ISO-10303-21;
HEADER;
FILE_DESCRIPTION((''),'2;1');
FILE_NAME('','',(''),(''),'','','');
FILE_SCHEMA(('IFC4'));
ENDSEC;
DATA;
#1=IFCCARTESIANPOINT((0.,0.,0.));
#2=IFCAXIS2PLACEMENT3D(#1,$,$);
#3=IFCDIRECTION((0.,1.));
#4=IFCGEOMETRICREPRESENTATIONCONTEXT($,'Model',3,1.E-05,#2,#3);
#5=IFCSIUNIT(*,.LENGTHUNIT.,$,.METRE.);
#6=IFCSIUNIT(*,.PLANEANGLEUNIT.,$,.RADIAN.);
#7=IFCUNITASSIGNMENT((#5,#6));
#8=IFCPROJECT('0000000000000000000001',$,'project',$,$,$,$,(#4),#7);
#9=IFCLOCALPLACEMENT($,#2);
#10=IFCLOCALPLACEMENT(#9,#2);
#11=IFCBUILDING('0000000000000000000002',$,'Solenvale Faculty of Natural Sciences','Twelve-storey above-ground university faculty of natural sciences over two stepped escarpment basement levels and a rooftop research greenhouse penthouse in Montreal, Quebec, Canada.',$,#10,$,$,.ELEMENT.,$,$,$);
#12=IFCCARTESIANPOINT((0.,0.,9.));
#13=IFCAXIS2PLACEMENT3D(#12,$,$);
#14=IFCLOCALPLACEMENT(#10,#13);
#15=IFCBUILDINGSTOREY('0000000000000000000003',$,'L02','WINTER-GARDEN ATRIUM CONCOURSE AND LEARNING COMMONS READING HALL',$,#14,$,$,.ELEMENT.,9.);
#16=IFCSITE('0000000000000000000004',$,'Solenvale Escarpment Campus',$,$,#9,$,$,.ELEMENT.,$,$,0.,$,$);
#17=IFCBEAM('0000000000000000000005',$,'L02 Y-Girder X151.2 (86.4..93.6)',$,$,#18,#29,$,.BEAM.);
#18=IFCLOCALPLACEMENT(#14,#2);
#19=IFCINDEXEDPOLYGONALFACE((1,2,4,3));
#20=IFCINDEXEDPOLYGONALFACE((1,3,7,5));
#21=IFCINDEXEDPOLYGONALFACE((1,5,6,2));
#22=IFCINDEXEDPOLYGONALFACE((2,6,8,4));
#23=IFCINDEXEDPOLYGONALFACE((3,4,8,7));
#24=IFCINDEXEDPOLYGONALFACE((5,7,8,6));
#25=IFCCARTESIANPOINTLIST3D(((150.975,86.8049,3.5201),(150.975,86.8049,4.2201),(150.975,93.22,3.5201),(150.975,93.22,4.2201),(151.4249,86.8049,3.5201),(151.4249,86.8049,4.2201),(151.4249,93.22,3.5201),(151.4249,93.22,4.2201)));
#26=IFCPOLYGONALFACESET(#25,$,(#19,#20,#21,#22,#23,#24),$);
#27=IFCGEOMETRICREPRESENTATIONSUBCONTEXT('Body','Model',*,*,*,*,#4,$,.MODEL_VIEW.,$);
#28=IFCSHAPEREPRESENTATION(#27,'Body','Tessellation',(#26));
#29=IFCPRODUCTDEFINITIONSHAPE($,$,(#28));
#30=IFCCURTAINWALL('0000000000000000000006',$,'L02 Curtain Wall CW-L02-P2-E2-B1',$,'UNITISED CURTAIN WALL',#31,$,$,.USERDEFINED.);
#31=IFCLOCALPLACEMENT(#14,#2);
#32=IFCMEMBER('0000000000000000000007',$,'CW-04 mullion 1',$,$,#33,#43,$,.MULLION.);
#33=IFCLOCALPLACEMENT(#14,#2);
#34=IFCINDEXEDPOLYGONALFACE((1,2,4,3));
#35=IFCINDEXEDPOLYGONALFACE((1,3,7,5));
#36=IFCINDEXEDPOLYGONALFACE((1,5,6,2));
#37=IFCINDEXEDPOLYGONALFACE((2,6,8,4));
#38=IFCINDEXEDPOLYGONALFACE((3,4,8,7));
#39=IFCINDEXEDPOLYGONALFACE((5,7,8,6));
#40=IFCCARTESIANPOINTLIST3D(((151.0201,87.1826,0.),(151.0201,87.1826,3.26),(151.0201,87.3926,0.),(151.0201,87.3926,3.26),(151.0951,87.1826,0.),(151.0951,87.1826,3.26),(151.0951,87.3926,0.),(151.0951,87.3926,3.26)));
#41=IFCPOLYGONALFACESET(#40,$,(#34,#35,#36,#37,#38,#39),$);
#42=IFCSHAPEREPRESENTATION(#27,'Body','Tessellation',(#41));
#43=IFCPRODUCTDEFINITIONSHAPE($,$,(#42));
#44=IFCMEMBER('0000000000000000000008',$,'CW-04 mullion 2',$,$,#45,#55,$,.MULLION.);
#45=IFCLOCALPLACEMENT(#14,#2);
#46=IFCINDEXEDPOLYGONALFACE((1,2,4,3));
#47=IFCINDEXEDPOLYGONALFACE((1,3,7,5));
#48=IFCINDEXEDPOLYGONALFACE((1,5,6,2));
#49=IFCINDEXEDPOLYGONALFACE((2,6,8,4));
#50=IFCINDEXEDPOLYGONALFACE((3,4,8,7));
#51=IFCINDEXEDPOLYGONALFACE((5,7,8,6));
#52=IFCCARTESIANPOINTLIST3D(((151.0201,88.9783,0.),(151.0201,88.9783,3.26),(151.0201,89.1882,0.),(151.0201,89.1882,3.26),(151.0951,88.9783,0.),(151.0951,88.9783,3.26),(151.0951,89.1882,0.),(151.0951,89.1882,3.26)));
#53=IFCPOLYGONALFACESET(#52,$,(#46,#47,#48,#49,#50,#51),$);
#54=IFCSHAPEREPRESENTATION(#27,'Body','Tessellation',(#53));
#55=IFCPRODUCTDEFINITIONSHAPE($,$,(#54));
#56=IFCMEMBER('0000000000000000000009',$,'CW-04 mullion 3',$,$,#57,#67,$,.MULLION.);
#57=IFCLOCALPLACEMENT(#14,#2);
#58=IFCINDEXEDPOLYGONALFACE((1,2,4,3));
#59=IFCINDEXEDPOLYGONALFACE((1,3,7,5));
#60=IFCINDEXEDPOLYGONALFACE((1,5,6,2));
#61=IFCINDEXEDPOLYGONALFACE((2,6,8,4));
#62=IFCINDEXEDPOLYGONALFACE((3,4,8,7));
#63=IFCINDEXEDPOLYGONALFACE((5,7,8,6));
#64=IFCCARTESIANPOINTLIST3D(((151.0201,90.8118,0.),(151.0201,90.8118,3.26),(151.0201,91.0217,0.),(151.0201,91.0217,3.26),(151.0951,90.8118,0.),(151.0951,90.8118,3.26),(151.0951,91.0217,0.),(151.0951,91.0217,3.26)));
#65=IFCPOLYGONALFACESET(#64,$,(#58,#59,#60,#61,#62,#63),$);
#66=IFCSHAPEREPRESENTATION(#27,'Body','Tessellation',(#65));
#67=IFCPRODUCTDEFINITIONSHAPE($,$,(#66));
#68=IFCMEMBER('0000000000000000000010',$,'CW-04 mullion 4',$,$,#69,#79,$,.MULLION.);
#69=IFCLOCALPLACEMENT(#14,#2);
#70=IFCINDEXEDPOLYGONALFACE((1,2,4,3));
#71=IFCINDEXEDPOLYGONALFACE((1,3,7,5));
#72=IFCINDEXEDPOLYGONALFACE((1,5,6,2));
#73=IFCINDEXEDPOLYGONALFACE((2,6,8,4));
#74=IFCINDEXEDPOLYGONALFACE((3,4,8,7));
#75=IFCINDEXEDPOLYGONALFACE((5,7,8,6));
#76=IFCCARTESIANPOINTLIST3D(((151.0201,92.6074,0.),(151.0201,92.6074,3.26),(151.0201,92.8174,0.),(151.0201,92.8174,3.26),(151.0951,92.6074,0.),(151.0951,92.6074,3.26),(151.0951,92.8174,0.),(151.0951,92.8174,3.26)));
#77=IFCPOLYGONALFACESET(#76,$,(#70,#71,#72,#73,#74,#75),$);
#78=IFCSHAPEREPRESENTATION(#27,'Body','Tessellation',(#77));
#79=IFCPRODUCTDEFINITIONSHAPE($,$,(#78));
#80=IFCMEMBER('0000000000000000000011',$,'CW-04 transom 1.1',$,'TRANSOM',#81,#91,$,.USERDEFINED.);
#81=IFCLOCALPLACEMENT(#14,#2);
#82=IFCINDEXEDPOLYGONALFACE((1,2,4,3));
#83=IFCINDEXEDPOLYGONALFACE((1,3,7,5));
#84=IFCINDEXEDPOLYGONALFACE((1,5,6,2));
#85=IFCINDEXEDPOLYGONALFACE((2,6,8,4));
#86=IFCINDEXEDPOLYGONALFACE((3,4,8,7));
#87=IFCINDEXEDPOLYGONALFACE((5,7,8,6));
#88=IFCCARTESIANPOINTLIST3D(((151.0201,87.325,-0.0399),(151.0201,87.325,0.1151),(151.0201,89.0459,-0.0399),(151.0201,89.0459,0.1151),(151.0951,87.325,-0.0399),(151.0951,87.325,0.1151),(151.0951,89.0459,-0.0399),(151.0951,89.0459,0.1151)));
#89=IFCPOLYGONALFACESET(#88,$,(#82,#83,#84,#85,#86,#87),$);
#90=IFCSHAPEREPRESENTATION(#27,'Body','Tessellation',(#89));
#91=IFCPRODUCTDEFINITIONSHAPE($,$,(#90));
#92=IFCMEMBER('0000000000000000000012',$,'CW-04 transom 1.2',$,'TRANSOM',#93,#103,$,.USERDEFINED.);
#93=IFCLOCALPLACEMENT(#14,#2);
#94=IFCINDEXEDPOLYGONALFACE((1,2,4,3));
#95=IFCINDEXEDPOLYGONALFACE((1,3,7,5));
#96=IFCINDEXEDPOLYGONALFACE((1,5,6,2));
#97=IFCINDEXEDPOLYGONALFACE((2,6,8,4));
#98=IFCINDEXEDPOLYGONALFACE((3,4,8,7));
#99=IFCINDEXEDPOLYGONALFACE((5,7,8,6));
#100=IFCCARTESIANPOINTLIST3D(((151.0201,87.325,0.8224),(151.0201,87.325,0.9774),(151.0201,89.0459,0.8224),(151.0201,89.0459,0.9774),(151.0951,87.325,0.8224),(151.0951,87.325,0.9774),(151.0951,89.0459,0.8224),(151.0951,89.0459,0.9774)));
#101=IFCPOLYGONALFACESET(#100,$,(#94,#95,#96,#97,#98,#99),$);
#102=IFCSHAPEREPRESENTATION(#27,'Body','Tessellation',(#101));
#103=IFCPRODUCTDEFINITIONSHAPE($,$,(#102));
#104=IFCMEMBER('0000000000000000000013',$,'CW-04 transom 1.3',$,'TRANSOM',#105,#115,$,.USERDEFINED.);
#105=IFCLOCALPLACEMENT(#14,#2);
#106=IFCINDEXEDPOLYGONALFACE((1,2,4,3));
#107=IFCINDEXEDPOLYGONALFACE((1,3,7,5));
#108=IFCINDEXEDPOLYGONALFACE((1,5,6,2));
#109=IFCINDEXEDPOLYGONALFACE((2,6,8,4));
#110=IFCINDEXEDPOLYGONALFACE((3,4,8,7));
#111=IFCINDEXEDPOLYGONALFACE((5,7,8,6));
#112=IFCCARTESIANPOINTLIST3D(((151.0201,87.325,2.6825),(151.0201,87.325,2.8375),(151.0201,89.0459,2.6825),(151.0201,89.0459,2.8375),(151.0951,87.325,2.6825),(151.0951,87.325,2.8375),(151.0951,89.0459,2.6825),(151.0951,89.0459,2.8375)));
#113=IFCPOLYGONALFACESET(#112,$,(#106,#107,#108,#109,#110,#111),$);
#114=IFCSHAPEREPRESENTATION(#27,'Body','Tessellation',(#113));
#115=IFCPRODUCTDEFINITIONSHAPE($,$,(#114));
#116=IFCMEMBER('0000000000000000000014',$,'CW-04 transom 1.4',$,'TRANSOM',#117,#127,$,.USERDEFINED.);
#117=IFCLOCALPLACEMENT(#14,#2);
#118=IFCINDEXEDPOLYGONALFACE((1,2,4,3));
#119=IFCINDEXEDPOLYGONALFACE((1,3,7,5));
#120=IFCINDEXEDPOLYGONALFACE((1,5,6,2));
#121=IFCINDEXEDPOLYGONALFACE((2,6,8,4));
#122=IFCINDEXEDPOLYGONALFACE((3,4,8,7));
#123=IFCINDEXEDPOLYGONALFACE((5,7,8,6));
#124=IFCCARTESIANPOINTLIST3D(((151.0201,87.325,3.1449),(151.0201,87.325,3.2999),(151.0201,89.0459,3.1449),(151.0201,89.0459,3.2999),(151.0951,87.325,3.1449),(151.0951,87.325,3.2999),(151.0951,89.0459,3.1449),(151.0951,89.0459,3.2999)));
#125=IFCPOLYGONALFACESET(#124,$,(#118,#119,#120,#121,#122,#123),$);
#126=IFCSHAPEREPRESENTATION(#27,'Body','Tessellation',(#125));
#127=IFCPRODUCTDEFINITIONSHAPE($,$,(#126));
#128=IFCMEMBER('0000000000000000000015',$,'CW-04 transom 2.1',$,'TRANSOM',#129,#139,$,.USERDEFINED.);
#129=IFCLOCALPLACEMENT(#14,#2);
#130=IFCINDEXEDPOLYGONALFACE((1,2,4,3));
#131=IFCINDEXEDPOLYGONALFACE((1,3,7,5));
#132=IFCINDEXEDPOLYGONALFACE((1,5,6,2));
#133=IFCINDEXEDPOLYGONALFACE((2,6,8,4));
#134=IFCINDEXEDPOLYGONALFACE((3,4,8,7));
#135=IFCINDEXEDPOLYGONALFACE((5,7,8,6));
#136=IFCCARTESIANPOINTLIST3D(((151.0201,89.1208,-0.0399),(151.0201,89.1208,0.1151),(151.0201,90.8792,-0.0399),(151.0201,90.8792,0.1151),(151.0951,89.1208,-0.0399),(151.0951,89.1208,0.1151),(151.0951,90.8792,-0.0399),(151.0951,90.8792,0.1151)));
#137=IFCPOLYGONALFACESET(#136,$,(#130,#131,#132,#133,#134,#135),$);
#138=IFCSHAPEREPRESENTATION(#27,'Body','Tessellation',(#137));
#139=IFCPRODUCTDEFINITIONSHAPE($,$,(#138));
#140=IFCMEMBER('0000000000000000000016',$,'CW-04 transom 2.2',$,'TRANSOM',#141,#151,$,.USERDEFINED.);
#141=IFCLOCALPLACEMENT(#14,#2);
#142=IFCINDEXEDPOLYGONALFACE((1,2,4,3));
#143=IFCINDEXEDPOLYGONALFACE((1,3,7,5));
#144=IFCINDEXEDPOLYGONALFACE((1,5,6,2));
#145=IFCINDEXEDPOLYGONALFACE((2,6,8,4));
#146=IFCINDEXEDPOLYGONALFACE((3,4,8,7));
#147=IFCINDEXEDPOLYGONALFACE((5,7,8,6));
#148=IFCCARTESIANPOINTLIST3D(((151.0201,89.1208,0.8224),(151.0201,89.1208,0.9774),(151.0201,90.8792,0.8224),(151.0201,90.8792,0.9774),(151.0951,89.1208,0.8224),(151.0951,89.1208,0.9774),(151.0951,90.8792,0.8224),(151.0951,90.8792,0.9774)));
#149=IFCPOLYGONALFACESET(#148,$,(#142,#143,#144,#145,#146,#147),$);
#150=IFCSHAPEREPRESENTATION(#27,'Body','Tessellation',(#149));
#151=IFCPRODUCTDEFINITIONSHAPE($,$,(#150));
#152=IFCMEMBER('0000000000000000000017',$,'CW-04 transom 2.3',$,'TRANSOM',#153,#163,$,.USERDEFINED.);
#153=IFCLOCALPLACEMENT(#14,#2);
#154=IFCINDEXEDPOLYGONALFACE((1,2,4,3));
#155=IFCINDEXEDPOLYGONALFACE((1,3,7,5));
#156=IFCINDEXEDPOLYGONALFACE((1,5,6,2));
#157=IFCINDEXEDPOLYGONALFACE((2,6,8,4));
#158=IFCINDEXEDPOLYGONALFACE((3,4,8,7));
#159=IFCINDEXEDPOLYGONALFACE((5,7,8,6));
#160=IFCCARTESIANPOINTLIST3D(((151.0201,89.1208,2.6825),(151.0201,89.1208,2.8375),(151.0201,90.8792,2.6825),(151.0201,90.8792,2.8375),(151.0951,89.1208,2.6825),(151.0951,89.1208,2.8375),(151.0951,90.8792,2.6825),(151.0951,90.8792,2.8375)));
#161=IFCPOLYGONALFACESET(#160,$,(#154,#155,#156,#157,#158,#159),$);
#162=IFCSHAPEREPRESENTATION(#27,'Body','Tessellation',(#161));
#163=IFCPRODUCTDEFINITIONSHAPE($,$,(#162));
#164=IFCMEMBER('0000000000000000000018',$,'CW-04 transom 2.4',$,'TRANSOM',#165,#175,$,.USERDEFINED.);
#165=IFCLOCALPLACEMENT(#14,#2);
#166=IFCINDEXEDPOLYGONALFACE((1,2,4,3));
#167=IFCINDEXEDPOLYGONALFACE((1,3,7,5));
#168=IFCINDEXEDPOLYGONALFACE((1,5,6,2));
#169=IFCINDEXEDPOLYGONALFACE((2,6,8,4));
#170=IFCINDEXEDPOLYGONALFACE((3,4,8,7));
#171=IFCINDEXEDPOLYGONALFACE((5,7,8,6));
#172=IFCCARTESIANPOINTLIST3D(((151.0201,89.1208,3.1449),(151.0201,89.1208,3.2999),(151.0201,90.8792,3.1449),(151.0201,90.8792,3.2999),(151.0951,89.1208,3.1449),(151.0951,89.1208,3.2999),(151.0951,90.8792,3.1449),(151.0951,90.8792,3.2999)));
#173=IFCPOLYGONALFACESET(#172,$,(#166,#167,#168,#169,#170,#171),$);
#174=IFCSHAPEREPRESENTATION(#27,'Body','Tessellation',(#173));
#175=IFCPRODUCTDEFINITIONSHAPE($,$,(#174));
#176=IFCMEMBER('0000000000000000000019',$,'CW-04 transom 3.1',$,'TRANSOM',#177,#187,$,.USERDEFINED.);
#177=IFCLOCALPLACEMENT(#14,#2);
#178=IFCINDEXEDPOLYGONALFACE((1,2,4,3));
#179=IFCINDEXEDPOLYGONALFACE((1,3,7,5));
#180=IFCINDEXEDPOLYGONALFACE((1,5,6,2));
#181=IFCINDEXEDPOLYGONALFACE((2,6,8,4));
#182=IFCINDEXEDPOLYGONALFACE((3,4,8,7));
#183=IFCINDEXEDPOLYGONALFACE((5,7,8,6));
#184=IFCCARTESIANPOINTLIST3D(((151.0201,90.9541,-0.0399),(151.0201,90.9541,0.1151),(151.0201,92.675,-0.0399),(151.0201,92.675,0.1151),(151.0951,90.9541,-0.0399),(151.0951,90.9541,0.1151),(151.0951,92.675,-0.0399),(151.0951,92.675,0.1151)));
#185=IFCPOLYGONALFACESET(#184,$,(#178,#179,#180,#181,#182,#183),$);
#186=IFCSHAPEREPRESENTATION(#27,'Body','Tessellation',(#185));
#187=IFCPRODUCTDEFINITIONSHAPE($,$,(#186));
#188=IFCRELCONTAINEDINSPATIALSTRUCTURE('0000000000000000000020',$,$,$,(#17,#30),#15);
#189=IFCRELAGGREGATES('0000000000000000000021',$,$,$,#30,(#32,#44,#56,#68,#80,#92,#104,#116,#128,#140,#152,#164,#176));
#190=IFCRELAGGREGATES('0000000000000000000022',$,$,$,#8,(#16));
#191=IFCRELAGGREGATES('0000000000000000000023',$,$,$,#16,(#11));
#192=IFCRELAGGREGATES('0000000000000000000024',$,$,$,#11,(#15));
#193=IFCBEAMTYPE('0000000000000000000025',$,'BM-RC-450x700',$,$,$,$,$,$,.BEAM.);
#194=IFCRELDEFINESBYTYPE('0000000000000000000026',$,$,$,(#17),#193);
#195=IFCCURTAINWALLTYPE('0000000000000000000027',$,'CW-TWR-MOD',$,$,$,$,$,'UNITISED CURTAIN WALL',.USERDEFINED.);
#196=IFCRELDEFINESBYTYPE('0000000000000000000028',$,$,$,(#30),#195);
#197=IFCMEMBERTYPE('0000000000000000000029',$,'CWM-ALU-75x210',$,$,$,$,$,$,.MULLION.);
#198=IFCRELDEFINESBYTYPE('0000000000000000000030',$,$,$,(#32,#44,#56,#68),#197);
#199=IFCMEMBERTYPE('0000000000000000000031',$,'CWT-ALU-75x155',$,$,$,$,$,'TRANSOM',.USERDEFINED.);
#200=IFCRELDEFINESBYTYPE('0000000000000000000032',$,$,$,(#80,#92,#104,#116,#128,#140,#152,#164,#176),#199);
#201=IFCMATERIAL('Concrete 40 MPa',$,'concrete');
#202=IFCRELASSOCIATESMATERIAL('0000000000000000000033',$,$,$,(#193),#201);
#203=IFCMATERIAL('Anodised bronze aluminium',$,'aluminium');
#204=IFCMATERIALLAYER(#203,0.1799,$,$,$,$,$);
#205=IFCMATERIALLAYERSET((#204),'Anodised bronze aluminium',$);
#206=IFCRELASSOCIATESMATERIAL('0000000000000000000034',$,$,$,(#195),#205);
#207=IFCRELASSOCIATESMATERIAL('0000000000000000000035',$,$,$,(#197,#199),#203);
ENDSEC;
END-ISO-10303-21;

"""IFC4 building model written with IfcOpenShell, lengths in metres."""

from ifc_helpers import new_model, si_unit, direction, frame, origin, origin_2d, place, context, subcontext, project, spatial, rectangle, extrude, material, layer, layer_set, material_profile, profile_set, type_object, element, aggregate, save


model = new_model("IFC4")

# Units and contexts
model_context = context("Model", 3, precision=1e-05, world=origin(), true_north=direction((0.0, 1.0)))
body_context = subcontext(model_context, "Body", "Model", "MODEL_VIEW")
ifc_project = project(units=[si_unit("LENGTHUNIT", "METRE"), si_unit("PLANEANGLEUNIT", "RADIAN")], contexts=[model_context])

# Site, building, storey
site_placement = place(None, origin())
site = spatial("IfcSite", under=ifc_project, at=site_placement, Name="Solenvale Escarpment Campus", CompositionType="ELEMENT", RefElevation=0.0)
building_placement = place(site_placement, origin())
building = spatial("IfcBuilding", under=site, at=building_placement, Name="Solenvale Faculty of Natural Sciences", Description="Twelve-storey above-ground university faculty of natural sciences over two stepped escarpment basement levels and a rooftop research greenhouse penthouse in Montreal, Quebec, Canada.", CompositionType="ELEMENT")
storey_placement = place(building_placement, frame((0.0, 0.0, 9.0)))
storey = spatial("IfcBuildingStorey", under=building, at=storey_placement, Name="L02", Description="WINTER-GARDEN ATRIUM CONCOURSE AND LEARNING COMMONS READING HALL", CompositionType="ELEMENT", Elevation=9.0)

# Beam
ifc_material_1 = material(Name="Concrete 40 MPa", Category="concrete")
ifc_material_profile_1 = material_profile(ifc_material_1, rectangle(XDim=0.45, YDim=0.7, at=origin_2d()), Name="RC-BM-450x700")
ifc_profile_set_1 = profile_set([ifc_material_profile_1], Name="Concrete 40 MPa")
beam_type = type_object("IfcBeamType", Name="BM-RC-450x700", PredefinedType="BEAM", material=ifc_profile_set_1)
beam_placement = place(storey_placement, frame((151.2, 86.8049, 3.8701), z_axis=(0.0, 1.0, 0.0), x_axis=(-1.0, 0.0, 0.0)))
element("IfcBeam", 1, at=beam_placement, inside=storey, type_object=beam_type, Name="L02 Y-Girder X151.2 (86.4..93.6)", PredefinedType="BEAM", context=body_context, shape_type="SweptSolid", body=[
    extrude(rectangle(XDim=0.45, YDim=0.7, at=origin_2d()), origin(), (0.0, 0.0, 1.0), 6.415),
])

# Curtain wall, members
ifc_material_2 = material(Name="Anodised bronze aluminium", Category="aluminium")
ifc_layer_1 = layer(ifc_material_2, 0.1799)
ifc_layer_set_1 = layer_set([ifc_layer_1], Name="Anodised bronze aluminium")
curtain_wall_type = type_object("IfcCurtainWallType", Name="CW-TWR-MOD", ElementType="UNITISED CURTAIN WALL", PredefinedType="USERDEFINED", material=ifc_layer_set_1)
curtain_wall_placement = place(storey_placement, origin())
curtain_wall = element("IfcCurtainWall", 2, at=curtain_wall_placement, inside=storey, type_object=curtain_wall_type, Name="L02 Curtain Wall CW-L02-P2-E2-B1", ObjectType="UNITISED CURTAIN WALL", PredefinedType="USERDEFINED")
ifc_material_profile_2 = material_profile(ifc_material_2, rectangle(XDim=0.075, YDim=0.21, at=origin_2d()), Name="ALU-MUL-75x210")
ifc_profile_set_2 = profile_set([ifc_material_profile_2], Name="Anodised bronze aluminium")
member_type_1 = type_object("IfcMemberType", Name="CWM-ALU-75x210", PredefinedType="MULLION", material=ifc_profile_set_2)
member_1_placement = place(storey_placement, frame((151.0576, 87.2876, 0.0), z_axis=(0.0, 0.0, 1.0), x_axis=(-1.0, 0.0, 0.0)))
member_1 = element("IfcMember", 3, at=member_1_placement, type_object=member_type_1, Name="CW-04 mullion 1", PredefinedType="MULLION", context=body_context, shape_type="SweptSolid", body=[
    extrude(rectangle(XDim=0.075, YDim=0.21, at=origin_2d()), origin(), (0.0, 0.0, 1.0), 3.26),
])
member_2_placement = place(storey_placement, frame((151.0576, 89.0833, 0.0), z_axis=(0.0, 0.0, 1.0), x_axis=(-1.0, 0.0, 0.0)))
member_2 = element("IfcMember", 4, at=member_2_placement, type_object=member_type_1, Name="CW-04 mullion 2", PredefinedType="MULLION", context=body_context, shape_type="SweptSolid", body=[
    extrude(rectangle(XDim=0.075, YDim=0.21, at=origin_2d()), origin(), (0.0, 0.0, 1.0), 3.26),
])
member_3_placement = place(storey_placement, frame((151.0576, 90.9167, 0.0), z_axis=(0.0, 0.0, 1.0), x_axis=(-1.0, 0.0, 0.0)))
member_3 = element("IfcMember", 5, at=member_3_placement, type_object=member_type_1, Name="CW-04 mullion 3", PredefinedType="MULLION", context=body_context, shape_type="SweptSolid", body=[
    extrude(rectangle(XDim=0.075, YDim=0.21, at=origin_2d()), origin(), (0.0, 0.0, 1.0), 3.26),
])
member_4_placement = place(storey_placement, frame((151.0576, 92.7124, 0.0), z_axis=(0.0, 0.0, 1.0), x_axis=(-1.0, 0.0, 0.0)))
member_4 = element("IfcMember", 6, at=member_4_placement, type_object=member_type_1, Name="CW-04 mullion 4", PredefinedType="MULLION", context=body_context, shape_type="SweptSolid", body=[
    extrude(rectangle(XDim=0.075, YDim=0.21, at=origin_2d()), origin(), (0.0, 0.0, 1.0), 3.26),
])
ifc_material_profile_3 = material_profile(ifc_material_2, rectangle(XDim=0.075, YDim=0.155, at=origin_2d()), Name="ALU-TRN-75x155")
ifc_profile_set_3 = profile_set([ifc_material_profile_3], Name="Anodised bronze aluminium")
member_type_2 = type_object("IfcMemberType", Name="CWT-ALU-75x155", ElementType="TRANSOM", PredefinedType="USERDEFINED", material=ifc_profile_set_3)
member_5_placement = place(storey_placement, frame((151.0576, 87.325, 0.0376), z_axis=(0.0, 1.0, 0.0), x_axis=(-1.0, 0.0, 0.0)))
member_5 = element("IfcMember", 7, at=member_5_placement, type_object=member_type_2, Name="CW-04 transom 1.1", ObjectType="TRANSOM", PredefinedType="USERDEFINED", context=body_context, shape_type="SweptSolid", body=[
    extrude(rectangle(XDim=0.075, YDim=0.155, at=origin_2d()), origin(), (0.0, 0.0, 1.0), 1.7209),
])
member_6_placement = place(storey_placement, frame((151.0576, 87.325, 0.8999), z_axis=(0.0, 1.0, 0.0), x_axis=(-1.0, 0.0, 0.0)))
member_6 = element("IfcMember", 8, at=member_6_placement, type_object=member_type_2, Name="CW-04 transom 1.2", ObjectType="TRANSOM", PredefinedType="USERDEFINED", context=body_context, shape_type="SweptSolid", body=[
    extrude(rectangle(XDim=0.075, YDim=0.155, at=origin_2d()), origin(), (0.0, 0.0, 1.0), 1.7209),
])
member_7_placement = place(storey_placement, frame((151.0576, 87.325, 2.76), z_axis=(0.0, 1.0, 0.0), x_axis=(-1.0, 0.0, 0.0)))
member_7 = element("IfcMember", 9, at=member_7_placement, type_object=member_type_2, Name="CW-04 transom 1.3", ObjectType="TRANSOM", PredefinedType="USERDEFINED", context=body_context, shape_type="SweptSolid", body=[
    extrude(rectangle(XDim=0.075, YDim=0.155, at=origin_2d()), origin(), (0.0, 0.0, 1.0), 1.7209),
])
member_8_placement = place(storey_placement, frame((151.0576, 87.325, 3.2224), z_axis=(0.0, 1.0, 0.0), x_axis=(-1.0, 0.0, 0.0)))
member_8 = element("IfcMember", 10, at=member_8_placement, type_object=member_type_2, Name="CW-04 transom 1.4", ObjectType="TRANSOM", PredefinedType="USERDEFINED", context=body_context, shape_type="SweptSolid", body=[
    extrude(rectangle(XDim=0.075, YDim=0.155, at=origin_2d()), origin(), (0.0, 0.0, 1.0), 1.7209),
])
member_9_placement = place(storey_placement, frame((151.0576, 89.1208, 0.0376), z_axis=(0.0, 1.0, 0.0), x_axis=(-1.0, 0.0, 0.0)))
member_9 = element("IfcMember", 11, at=member_9_placement, type_object=member_type_2, Name="CW-04 transom 2.1", ObjectType="TRANSOM", PredefinedType="USERDEFINED", context=body_context, shape_type="SweptSolid", body=[
    extrude(rectangle(XDim=0.075, YDim=0.155, at=origin_2d()), origin(), (0.0, 0.0, 1.0), 1.7583),
])
member_10_placement = place(storey_placement, frame((151.0576, 89.1208, 0.8999), z_axis=(0.0, 1.0, 0.0), x_axis=(-1.0, 0.0, 0.0)))
member_10 = element("IfcMember", 12, at=member_10_placement, type_object=member_type_2, Name="CW-04 transom 2.2", ObjectType="TRANSOM", PredefinedType="USERDEFINED", context=body_context, shape_type="SweptSolid", body=[
    extrude(rectangle(XDim=0.075, YDim=0.155, at=origin_2d()), origin(), (0.0, 0.0, 1.0), 1.7583),
])
member_11_placement = place(storey_placement, frame((151.0576, 89.1208, 2.76), z_axis=(0.0, 1.0, 0.0), x_axis=(-1.0, 0.0, 0.0)))
member_11 = element("IfcMember", 13, at=member_11_placement, type_object=member_type_2, Name="CW-04 transom 2.3", ObjectType="TRANSOM", PredefinedType="USERDEFINED", context=body_context, shape_type="SweptSolid", body=[
    extrude(rectangle(XDim=0.075, YDim=0.155, at=origin_2d()), origin(), (0.0, 0.0, 1.0), 1.7583),
])
member_12_placement = place(storey_placement, frame((151.0576, 89.1208, 3.2224), z_axis=(0.0, 1.0, 0.0), x_axis=(-1.0, 0.0, 0.0)))
member_12 = element("IfcMember", 14, at=member_12_placement, type_object=member_type_2, Name="CW-04 transom 2.4", ObjectType="TRANSOM", PredefinedType="USERDEFINED", context=body_context, shape_type="SweptSolid", body=[
    extrude(rectangle(XDim=0.075, YDim=0.155, at=origin_2d()), origin(), (0.0, 0.0, 1.0), 1.7583),
])
member_13_placement = place(storey_placement, frame((151.0576, 90.9541, 0.0376), z_axis=(0.0, 1.0, 0.0), x_axis=(-1.0, 0.0, 0.0)))
member_13 = element("IfcMember", 15, at=member_13_placement, type_object=member_type_2, Name="CW-04 transom 3.1", ObjectType="TRANSOM", PredefinedType="USERDEFINED", context=body_context, shape_type="SweptSolid", body=[
    extrude(rectangle(XDim=0.075, YDim=0.155, at=origin_2d()), origin(), (0.0, 0.0, 1.0), 1.7209),
])
aggregate(curtain_wall, [member_1, member_2, member_3, member_4, member_5, member_6, member_7, member_8, member_9, member_10, member_11, member_12, member_13])

save(model, "model.ifc")
